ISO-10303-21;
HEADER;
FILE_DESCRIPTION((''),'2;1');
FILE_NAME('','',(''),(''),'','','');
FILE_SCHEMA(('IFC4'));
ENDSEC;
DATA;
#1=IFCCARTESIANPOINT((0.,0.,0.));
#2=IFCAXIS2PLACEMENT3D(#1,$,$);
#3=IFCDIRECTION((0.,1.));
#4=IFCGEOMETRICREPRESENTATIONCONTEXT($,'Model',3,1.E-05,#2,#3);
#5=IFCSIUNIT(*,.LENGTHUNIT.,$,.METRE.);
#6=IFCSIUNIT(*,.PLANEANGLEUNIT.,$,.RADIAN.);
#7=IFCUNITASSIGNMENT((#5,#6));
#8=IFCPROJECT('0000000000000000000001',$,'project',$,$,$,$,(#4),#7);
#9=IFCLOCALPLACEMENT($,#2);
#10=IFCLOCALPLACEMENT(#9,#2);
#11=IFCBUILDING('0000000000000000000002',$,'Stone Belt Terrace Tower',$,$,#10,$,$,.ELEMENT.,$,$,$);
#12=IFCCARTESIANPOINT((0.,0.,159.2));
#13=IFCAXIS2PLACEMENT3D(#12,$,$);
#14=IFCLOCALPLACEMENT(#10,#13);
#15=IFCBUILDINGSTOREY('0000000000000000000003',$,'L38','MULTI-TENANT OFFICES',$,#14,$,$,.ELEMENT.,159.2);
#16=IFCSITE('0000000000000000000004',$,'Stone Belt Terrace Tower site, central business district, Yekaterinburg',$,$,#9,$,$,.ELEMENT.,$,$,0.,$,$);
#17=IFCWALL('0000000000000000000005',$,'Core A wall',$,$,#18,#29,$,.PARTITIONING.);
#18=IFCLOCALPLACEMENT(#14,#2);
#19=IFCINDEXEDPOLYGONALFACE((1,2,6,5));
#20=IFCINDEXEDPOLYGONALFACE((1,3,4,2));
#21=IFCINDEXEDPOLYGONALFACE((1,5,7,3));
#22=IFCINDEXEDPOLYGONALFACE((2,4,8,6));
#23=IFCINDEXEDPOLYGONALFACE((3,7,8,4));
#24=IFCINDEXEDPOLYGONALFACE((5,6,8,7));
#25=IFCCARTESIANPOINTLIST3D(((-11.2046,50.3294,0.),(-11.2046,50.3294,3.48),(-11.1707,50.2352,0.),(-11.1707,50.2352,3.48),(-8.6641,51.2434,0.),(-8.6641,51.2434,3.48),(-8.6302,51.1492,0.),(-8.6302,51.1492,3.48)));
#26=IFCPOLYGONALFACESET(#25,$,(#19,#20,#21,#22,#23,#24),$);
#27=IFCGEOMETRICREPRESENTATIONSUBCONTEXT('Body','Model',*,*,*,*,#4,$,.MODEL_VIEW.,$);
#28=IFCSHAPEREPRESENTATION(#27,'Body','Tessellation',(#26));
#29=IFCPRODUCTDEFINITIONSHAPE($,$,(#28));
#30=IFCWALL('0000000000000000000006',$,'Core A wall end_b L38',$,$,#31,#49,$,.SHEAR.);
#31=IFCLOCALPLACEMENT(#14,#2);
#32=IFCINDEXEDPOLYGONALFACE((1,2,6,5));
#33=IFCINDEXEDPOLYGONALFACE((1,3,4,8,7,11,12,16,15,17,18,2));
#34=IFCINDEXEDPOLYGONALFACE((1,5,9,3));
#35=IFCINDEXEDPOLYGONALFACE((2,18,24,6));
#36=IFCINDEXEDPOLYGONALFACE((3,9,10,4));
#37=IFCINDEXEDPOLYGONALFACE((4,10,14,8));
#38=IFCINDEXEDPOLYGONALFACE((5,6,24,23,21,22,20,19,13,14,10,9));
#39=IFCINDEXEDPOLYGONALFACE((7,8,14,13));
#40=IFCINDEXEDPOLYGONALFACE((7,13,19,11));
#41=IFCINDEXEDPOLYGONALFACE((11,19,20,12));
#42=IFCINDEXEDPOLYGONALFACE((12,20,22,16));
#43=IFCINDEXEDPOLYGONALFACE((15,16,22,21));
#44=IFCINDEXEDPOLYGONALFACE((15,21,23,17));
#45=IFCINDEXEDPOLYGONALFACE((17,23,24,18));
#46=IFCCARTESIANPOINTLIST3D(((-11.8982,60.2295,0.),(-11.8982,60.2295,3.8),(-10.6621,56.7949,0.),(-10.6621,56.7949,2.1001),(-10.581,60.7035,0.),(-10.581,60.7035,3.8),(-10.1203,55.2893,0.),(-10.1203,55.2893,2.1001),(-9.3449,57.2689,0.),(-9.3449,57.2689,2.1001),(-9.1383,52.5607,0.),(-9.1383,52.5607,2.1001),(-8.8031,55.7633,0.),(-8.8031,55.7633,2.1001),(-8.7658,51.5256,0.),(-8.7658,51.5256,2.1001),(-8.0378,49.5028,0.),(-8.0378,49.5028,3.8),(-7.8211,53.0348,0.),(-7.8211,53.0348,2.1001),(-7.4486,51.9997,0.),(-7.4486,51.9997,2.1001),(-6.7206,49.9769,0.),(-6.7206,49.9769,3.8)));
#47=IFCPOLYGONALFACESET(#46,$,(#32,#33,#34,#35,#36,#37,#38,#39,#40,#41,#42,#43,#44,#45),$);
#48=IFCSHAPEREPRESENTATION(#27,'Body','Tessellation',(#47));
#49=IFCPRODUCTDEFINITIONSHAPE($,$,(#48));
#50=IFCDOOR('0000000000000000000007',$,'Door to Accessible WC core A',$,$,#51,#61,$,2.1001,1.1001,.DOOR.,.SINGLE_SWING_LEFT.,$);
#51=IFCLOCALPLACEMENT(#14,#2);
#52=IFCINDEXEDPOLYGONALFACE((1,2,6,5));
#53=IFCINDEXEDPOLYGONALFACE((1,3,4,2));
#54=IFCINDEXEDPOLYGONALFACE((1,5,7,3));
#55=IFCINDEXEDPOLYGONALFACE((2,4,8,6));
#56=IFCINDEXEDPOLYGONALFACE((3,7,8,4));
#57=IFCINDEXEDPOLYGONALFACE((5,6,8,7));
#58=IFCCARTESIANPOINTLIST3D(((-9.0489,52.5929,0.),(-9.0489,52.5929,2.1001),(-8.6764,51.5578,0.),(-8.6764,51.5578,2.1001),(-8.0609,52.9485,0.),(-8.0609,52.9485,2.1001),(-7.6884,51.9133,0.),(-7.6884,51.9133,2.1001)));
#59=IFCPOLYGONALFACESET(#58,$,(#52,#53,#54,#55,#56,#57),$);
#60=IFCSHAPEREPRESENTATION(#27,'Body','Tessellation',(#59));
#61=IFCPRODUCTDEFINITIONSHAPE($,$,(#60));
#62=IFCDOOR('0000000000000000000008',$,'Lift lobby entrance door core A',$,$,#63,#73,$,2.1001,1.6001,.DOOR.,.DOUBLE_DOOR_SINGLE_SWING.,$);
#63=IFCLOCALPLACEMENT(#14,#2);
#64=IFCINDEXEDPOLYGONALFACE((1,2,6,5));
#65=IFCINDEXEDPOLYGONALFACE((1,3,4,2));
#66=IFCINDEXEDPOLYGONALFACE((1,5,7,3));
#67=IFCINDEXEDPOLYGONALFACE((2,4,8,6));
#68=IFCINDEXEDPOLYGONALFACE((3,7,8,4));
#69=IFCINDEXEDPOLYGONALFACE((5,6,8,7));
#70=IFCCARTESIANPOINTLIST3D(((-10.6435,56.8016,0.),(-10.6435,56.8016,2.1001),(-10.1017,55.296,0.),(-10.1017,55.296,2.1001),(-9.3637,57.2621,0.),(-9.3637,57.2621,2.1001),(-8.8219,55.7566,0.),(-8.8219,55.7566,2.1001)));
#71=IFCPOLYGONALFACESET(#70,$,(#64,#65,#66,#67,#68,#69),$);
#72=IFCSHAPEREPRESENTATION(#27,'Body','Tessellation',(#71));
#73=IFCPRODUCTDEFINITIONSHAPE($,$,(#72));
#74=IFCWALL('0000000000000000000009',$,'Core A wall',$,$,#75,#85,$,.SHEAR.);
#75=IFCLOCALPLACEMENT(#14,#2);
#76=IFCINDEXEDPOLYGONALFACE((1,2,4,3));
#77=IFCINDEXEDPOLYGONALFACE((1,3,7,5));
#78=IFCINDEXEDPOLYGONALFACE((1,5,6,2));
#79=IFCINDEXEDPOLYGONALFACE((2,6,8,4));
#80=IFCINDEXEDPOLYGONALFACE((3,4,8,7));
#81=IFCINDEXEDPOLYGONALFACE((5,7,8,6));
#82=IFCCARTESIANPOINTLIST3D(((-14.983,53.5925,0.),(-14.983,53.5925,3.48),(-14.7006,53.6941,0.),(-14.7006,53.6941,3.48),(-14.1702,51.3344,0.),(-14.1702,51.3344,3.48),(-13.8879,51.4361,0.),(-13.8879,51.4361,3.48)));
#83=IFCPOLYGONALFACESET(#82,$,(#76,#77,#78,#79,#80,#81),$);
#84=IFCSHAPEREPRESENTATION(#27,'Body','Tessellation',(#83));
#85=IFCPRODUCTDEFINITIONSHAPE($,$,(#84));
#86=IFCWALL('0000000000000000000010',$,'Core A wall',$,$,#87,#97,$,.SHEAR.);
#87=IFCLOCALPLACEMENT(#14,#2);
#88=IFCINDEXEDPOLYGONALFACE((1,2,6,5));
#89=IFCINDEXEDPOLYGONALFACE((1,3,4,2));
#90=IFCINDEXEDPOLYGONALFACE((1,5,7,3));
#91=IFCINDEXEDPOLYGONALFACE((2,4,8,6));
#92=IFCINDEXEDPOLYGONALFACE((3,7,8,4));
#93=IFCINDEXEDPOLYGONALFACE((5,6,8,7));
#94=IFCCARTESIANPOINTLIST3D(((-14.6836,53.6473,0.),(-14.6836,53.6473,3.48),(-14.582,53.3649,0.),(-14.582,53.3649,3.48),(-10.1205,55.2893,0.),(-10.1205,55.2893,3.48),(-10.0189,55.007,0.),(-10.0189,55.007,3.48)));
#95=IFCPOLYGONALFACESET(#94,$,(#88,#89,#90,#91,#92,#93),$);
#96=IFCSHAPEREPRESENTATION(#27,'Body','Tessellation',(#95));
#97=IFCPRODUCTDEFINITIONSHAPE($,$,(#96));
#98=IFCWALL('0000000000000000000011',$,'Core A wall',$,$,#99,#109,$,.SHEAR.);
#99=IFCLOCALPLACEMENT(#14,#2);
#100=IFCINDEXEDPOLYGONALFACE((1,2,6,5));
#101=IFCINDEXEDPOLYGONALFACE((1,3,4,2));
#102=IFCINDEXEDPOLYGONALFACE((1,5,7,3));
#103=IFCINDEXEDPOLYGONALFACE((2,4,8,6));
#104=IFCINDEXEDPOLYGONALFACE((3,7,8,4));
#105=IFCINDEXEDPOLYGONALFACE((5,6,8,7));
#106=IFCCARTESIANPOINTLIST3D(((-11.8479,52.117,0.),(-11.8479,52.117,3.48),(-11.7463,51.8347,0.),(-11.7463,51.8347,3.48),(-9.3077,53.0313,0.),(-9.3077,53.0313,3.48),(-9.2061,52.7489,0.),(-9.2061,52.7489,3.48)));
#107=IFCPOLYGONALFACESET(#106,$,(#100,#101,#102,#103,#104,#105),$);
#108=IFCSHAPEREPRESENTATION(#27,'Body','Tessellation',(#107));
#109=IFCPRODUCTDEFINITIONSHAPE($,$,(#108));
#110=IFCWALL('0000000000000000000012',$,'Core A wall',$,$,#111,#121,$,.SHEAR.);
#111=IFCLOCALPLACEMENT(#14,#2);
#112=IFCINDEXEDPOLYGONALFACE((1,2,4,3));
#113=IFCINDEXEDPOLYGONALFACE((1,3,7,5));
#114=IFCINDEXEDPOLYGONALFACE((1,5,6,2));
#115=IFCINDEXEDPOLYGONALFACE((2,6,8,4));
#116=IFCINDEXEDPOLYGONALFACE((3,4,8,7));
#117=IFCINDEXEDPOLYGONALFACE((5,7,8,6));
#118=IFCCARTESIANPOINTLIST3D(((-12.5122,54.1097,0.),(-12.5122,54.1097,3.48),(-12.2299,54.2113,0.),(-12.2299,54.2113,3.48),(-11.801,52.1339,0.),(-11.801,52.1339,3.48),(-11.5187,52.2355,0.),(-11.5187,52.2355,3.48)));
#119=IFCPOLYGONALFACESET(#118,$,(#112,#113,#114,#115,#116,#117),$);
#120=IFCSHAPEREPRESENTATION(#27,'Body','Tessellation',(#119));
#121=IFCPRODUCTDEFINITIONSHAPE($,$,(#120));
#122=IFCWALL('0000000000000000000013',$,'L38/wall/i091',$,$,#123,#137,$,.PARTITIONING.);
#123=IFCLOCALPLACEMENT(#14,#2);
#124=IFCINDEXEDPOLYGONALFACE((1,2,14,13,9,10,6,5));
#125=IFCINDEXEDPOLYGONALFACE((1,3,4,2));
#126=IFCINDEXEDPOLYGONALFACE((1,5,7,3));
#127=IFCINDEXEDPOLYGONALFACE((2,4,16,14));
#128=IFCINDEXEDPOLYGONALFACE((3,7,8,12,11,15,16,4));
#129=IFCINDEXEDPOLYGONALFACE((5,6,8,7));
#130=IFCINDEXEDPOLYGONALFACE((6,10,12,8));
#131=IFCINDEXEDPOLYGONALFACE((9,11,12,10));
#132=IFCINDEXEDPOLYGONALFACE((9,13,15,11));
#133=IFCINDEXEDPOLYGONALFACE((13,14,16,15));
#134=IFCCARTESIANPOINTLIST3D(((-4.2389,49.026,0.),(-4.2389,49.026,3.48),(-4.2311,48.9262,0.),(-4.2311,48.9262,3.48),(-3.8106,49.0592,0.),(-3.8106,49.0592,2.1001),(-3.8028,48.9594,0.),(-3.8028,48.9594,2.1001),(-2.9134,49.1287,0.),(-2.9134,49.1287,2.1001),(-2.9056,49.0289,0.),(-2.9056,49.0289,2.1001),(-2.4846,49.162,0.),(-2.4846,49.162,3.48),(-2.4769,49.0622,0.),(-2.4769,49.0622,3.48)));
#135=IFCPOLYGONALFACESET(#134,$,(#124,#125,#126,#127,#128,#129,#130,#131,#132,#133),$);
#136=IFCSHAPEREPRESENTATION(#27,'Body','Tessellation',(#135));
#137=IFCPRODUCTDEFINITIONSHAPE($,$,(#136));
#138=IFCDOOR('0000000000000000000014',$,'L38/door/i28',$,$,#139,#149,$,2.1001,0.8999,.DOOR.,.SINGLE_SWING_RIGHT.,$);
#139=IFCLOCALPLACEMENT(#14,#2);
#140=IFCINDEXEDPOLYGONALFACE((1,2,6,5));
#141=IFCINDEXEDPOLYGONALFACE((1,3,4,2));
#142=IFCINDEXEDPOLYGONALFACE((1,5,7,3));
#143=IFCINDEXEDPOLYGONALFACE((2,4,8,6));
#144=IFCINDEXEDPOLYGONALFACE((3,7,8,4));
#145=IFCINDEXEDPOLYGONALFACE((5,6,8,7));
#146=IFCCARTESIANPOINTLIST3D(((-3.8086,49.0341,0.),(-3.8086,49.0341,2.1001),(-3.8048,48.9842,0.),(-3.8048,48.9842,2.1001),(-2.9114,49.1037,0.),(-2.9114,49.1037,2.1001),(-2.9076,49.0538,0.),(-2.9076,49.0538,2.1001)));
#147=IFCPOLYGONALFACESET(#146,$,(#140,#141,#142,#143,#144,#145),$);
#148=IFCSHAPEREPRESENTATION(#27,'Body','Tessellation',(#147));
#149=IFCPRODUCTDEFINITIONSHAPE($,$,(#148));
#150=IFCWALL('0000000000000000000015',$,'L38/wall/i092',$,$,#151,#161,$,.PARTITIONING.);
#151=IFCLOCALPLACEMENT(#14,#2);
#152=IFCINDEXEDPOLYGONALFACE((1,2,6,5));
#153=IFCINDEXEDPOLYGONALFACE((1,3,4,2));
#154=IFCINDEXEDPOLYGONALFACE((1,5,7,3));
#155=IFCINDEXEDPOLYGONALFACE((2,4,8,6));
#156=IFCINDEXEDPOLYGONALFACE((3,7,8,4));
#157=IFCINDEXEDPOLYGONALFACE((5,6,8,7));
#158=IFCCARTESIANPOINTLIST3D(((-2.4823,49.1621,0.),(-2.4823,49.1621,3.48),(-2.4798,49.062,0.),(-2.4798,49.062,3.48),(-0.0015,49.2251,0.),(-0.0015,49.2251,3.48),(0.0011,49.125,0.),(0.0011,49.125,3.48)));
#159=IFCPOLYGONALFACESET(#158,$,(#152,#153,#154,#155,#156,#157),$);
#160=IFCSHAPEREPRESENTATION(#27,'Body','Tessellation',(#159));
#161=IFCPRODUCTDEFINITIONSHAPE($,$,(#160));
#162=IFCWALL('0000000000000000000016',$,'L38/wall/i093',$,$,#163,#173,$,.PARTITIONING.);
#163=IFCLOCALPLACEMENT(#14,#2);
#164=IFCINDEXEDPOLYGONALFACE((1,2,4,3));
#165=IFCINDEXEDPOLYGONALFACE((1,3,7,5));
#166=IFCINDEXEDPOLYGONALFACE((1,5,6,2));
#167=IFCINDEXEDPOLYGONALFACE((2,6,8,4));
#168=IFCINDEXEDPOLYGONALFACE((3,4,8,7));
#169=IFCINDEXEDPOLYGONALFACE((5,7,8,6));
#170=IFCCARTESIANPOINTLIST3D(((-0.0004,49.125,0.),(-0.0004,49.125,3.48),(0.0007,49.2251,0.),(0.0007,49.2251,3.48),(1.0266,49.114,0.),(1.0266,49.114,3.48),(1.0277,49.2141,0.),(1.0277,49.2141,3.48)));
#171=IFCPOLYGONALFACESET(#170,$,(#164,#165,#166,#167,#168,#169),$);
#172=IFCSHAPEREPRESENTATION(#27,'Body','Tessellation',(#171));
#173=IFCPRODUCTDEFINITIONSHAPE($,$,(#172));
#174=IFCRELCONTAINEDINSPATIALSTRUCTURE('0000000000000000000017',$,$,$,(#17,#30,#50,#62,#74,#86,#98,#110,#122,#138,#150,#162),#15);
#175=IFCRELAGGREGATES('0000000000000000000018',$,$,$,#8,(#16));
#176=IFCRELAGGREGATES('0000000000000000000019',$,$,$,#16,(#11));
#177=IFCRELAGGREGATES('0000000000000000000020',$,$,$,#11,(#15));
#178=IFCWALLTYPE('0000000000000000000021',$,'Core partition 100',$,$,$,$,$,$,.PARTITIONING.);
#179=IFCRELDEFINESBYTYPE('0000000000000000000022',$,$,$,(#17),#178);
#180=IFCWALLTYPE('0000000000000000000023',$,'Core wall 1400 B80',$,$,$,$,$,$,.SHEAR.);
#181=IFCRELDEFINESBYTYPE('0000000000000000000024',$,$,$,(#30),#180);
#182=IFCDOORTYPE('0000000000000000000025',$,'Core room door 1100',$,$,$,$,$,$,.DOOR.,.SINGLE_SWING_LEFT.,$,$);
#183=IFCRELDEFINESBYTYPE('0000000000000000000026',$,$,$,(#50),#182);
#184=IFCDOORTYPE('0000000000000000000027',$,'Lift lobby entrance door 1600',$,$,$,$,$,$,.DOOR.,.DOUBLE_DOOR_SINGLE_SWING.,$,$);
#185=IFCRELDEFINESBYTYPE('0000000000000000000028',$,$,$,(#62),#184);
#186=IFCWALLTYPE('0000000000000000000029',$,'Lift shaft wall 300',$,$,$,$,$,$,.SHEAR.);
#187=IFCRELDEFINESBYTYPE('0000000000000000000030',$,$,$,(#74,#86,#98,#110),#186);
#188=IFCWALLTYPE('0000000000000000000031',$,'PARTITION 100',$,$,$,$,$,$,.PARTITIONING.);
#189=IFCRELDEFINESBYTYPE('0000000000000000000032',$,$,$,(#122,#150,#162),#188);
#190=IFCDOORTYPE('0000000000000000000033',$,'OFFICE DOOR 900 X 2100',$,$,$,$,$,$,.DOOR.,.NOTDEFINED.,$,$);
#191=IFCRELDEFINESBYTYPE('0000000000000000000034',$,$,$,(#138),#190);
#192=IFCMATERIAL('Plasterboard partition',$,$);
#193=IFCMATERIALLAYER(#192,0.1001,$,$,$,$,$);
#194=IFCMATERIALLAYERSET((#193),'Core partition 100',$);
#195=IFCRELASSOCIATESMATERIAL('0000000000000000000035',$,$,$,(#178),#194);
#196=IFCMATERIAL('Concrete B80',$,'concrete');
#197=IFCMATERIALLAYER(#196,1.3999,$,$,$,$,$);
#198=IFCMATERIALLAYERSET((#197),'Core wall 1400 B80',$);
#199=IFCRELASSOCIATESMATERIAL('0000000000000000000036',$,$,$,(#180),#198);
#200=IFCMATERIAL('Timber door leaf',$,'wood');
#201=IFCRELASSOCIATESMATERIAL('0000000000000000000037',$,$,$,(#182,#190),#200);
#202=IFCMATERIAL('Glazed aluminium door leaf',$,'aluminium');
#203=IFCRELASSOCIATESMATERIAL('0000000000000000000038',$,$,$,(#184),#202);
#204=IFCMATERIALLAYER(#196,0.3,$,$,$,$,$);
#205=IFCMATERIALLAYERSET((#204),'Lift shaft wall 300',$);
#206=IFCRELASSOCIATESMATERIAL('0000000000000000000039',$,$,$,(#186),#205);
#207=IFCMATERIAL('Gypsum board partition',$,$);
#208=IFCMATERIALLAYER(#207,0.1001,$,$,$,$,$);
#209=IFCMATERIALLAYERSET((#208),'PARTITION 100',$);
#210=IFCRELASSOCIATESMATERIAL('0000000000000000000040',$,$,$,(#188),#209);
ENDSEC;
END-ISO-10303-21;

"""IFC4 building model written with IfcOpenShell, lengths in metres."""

from ifc_helpers import new_model, si_unit, direction, frame, frame_2d, origin, place, context, subcontext, project, spatial, rectangle, extrude, material, layer, layer_set, type_object, element, fill, save


model = new_model("IFC4")

# Units and contexts
model_context = context("Model", 3, precision=1e-05, world=origin(), true_north=direction((0.0, 1.0)))
body_context = subcontext(model_context, "Body", "Model", "MODEL_VIEW")
ifc_project = project(units=[si_unit("LENGTHUNIT", "METRE"), si_unit("PLANEANGLEUNIT", "RADIAN")], contexts=[model_context])

# Site, building, storey
site_placement = place(None, origin())
site = spatial("IfcSite", under=ifc_project, at=site_placement, Name="Stone Belt Terrace Tower site, central business district, Yekaterinburg", CompositionType="ELEMENT", RefElevation=0.0)
building_placement = place(site_placement, origin())
building = spatial("IfcBuilding", under=site, at=building_placement, Name="Stone Belt Terrace Tower", CompositionType="ELEMENT")
storey_placement = place(building_placement, frame((0.0, 0.0, 159.2)))
storey = spatial("IfcBuildingStorey", under=building, at=storey_placement, Name="L38", Description="MULTI-TENANT OFFICES", CompositionType="ELEMENT", Elevation=159.2)

# Wall
ifc_material_1 = material(Name="Plasterboard partition")
ifc_layer_1 = layer(ifc_material_1, 0.1001)
ifc_layer_set_1 = layer_set([ifc_layer_1], Name="Core partition 100")
wall_type_1 = type_object("IfcWallType", Name="Core partition 100", PredefinedType="PARTITIONING", material=ifc_layer_set_1)
wall_1_placement = place(storey_placement, frame((-11.1877, 50.2822, 0.0), z_axis=(0.0, 0.0, 1.0), x_axis=(0.94095, 0.338547, 0.0)))
element("IfcWall", 1, at=wall_1_placement, inside=storey, type_object=wall_type_1, Name="Core A wall", PredefinedType="PARTITIONING", context=body_context, shape_type="SweptSolid", body=[
    extrude(rectangle(XDim=2.7, YDim=0.1001, at=frame_2d((1.3501, 0.0))), origin(), (0.0, 0.0, 1.0), 3.48),
])

# Wall, openings, doors
ifc_material_2 = material(Name="Concrete B80", Category="concrete")
ifc_layer_2 = layer(ifc_material_2, 1.3999)
ifc_layer_set_2 = layer_set([ifc_layer_2], Name="Core wall 1400 B80")
wall_type_2 = type_object("IfcWallType", Name="Core wall 1400 B80", PredefinedType="SHEAR", material=ifc_layer_set_2)
wall_2_placement = place(storey_placement, frame((-7.3792, 49.7397, 0.0), z_axis=(0.0, 0.0, 1.0), x_axis=(-0.338625, 0.940921, 0.0)))
wall_2 = element("IfcWall", 2, at=wall_2_placement, inside=storey, type_object=wall_type_2, Name="Core A wall end_b L38", PredefinedType="SHEAR", context=body_context, shape_type="SweptSolid", body=[
    extrude(rectangle(XDim=11.4001, YDim=1.3999, at=frame_2d((5.7002, 0.0))), origin(), (0.0, 0.0, 1.0), 3.8),
])
opening_1_placement = place(wall_2_placement, frame((6.1499, 0.0, 0.0)))
opening_1 = element("IfcOpeningElement", 3, at=opening_1_placement, cuts=wall_2, PredefinedType="OPENING", context=body_context, shape_type="SweptSolid", body=[
    extrude(rectangle(XDim=1.6001, YDim=2.1001, at=frame_2d((0.8, 1.05))), frame((0.0, 0.71, 0.0), z_axis=(0.0, -1.0, 0.0), x_axis=(1.0, 0.0, 0.0)), (0.0, 0.0, 1.0), 1.4199),
])
opening_2_placement = place(wall_2_placement, frame((2.1499, 0.0, 0.0)))
opening_2 = element("IfcOpeningElement", 4, at=opening_2_placement, cuts=wall_2, PredefinedType="OPENING", context=body_context, shape_type="SweptSolid", body=[
    extrude(rectangle(XDim=1.1001, YDim=2.1001, at=frame_2d((0.55, 1.05))), frame((0.0, 0.71, 0.0), z_axis=(0.0, -1.0, 0.0), x_axis=(1.0, 0.0, 0.0)), (0.0, 0.0, 1.0), 1.4199),
])
ifc_material_3 = material(Name="Timber door leaf", Category="wood")
door_type_1 = type_object("IfcDoorType", Name="Core room door 1100", OperationType="SINGLE_SWING_LEFT", PredefinedType="DOOR", material=ifc_material_3)
door_1_placement = place(opening_2_placement, origin())
door_1 = element("IfcDoor", 5, at=door_1_placement, inside=storey, type_object=door_type_1, Name="Door to Accessible WC core A", OperationType="SINGLE_SWING_LEFT", OverallHeight=2.1001, OverallWidth=1.1001, PredefinedType="DOOR", context=body_context, shape_type="SweptSolid", body=[
    extrude(rectangle(XDim=1.1001, YDim=2.1001, at=frame_2d((0.55, 1.05))), frame((0.0, 0.605, 0.0), z_axis=(0.0, -1.0, 0.0), x_axis=(1.0, 0.0, 0.0)), (0.0, 0.0, 1.0), 1.05),
])
fill(opening_2, door_1)
ifc_material_4 = material(Name="Glazed aluminium door leaf", Category="aluminium")
door_type_2 = type_object("IfcDoorType", Name="Lift lobby entrance door 1600", OperationType="DOUBLE_DOOR_SINGLE_SWING", PredefinedType="DOOR", material=ifc_material_4)
door_2_placement = place(opening_1_placement, origin())
door_2 = element("IfcDoor", 6, at=door_2_placement, inside=storey, type_object=door_type_2, Name="Lift lobby entrance door core A", OperationType="DOUBLE_DOOR_SINGLE_SWING", OverallHeight=2.1001, OverallWidth=1.6001, PredefinedType="DOOR", context=body_context, shape_type="SweptSolid", body=[
    extrude(rectangle(XDim=1.6001, YDim=2.1001, at=frame_2d((0.8, 1.05))), frame((0.0, 0.6802, 0.0), z_axis=(0.0, -1.0, 0.0), x_axis=(1.0, 0.0, 0.0)), (0.0, 0.0, 1.0), 1.3601),
])
fill(opening_1, door_2)

# Walls
ifc_layer_3 = layer(ifc_material_2, 0.3)
ifc_layer_set_3 = layer_set([ifc_layer_3], Name="Lift shaft wall 300")
wall_type_3 = type_object("IfcWallType", Name="Lift shaft wall 300", PredefinedType="SHEAR", material=ifc_layer_set_3)
wall_3_placement = place(storey_placement, frame((-14.0291, 51.3853, 0.0), z_axis=(0.0, 0.0, 1.0), x_axis=(-0.338662, 0.940908, 0.0)))
element("IfcWall", 7, at=wall_3_placement, inside=storey, type_object=wall_type_3, Name="Core A wall", PredefinedType="SHEAR", context=body_context, shape_type="SweptSolid", body=[
    extrude(rectangle(XDim=2.3999, YDim=0.3, at=frame_2d((1.2, 0.0))), origin(), (0.0, 0.0, 1.0), 3.48),
])
wall_4_placement = place(storey_placement, frame((-14.6328, 53.5061, 0.0), z_axis=(0.0, 0.0, 1.0), x_axis=(0.940932, 0.338596, 0.0)))
element("IfcWall", 8, at=wall_4_placement, inside=storey, type_object=wall_type_3, Name="Core A wall", PredefinedType="SHEAR", context=body_context, shape_type="SweptSolid", body=[
    extrude(rectangle(XDim=4.8496, YDim=0.3, at=frame_2d((2.4248, 0.0))), origin(), (0.0, 0.0, 1.0), 3.48),
])
wall_5_placement = place(storey_placement, frame((-11.7971, 51.9758, 0.0), z_axis=(0.0, 0.0, 1.0), x_axis=(0.94091, 0.338655, 0.0)))
element("IfcWall", 9, at=wall_5_placement, inside=storey, type_object=wall_type_3, Name="Core A wall", PredefinedType="SHEAR", context=body_context, shape_type="SweptSolid", body=[
    extrude(rectangle(XDim=2.6997, YDim=0.3, at=frame_2d((1.3499, 0.0))), origin(), (0.0, 0.0, 1.0), 3.48),
])
wall_6_placement = place(storey_placement, frame((-11.6599, 52.1848, 0.0), z_axis=(0.0, 0.0, 1.0), x_axis=(-0.33867, 0.940905, 0.0)))
element("IfcWall", 10, at=wall_6_placement, inside=storey, type_object=wall_type_3, Name="Core A wall", PredefinedType="SHEAR", context=body_context, shape_type="SweptSolid", body=[
    extrude(rectangle(XDim=2.0999, YDim=0.3, at=frame_2d((1.0498, 0.0))), origin(), (0.0, 0.0, 1.0), 3.48),
])

# Wall, opening, door
ifc_material_5 = material(Name="Gypsum board partition")
ifc_layer_4 = layer(ifc_material_5, 0.1001)
ifc_layer_set_4 = layer_set([ifc_layer_4], Name="PARTITION 100")
wall_type_4 = type_object("IfcWallType", Name="PARTITION 100", PredefinedType="PARTITIONING", material=ifc_layer_set_4)
wall_7_placement = place(storey_placement, frame((-4.2351, 48.9761, 0.0), z_axis=(0.0, 0.0, 1.0), x_axis=(0.997009, 0.077291, 0.0)))
wall_7 = element("IfcWall", 11, at=wall_7_placement, inside=storey, type_object=wall_type_4, Name="L38/wall/i091", PredefinedType="PARTITIONING", context=body_context, shape_type="SweptSolid", body=[
    extrude(rectangle(XDim=1.7595, YDim=0.1001, at=frame_2d((0.8799, 0.0))), origin(), (0.0, 0.0, 1.0), 3.48),
])
opening_3_placement = place(wall_7_placement, frame((0.4297, 0.0, 0.0)))
opening_3 = element("IfcOpeningElement", 12, at=opening_3_placement, cuts=wall_7, PredefinedType="OPENING", context=body_context, shape_type="SweptSolid", body=[
    extrude(rectangle(XDim=0.8999, YDim=2.1001, at=frame_2d((0.45, 1.05))), frame((0.0, 0.0601, 0.0), z_axis=(0.0, -1.0, 0.0), x_axis=(1.0, 0.0, 0.0)), (0.0, 0.0, 1.0), 0.1201),
])
door_type_3 = type_object("IfcDoorType", Name="OFFICE DOOR 900 X 2100", OperationType="NOTDEFINED", PredefinedType="DOOR", material=ifc_material_3)
door_3_placement = place(opening_3_placement, origin())
door_3 = element("IfcDoor", 13, at=door_3_placement, inside=storey, type_object=door_type_3, Name="L38/door/i28", OperationType="SINGLE_SWING_RIGHT", OverallHeight=2.1001, OverallWidth=0.8999, PredefinedType="DOOR", context=body_context, shape_type="SweptSolid", body=[
    extrude(rectangle(XDim=0.8999, YDim=2.1001, at=frame_2d((0.45, 1.05))), frame((0.0, 0.0249, 0.0), z_axis=(0.0, -1.0, 0.0), x_axis=(1.0, 0.0, 0.0)), (0.0, 0.0, 1.0), 0.05),
])
fill(opening_3, door_3)

# Walls
wall_8_placement = place(storey_placement, frame((-2.481, 49.1121, 0.0), z_axis=(0.0, 0.0, 1.0), x_axis=(0.999678, 0.025381, 0.0)))
element("IfcWall", 14, at=wall_8_placement, inside=storey, type_object=wall_type_4, Name="L38/wall/i092", PredefinedType="PARTITIONING", context=body_context, shape_type="SweptSolid", body=[
    extrude(rectangle(XDim=2.4817, YDim=0.1001, at=frame_2d((1.2407, 0.0))), origin(), (0.0, 0.0, 1.0), 3.48),
])
wall_9_placement = place(storey_placement, frame((0.0, 49.175, 0.0), z_axis=(0.0, 0.0, 1.0), x_axis=(0.999943, -0.010696, 0.0)))
element("IfcWall", 15, at=wall_9_placement, inside=storey, type_object=wall_type_4, Name="L38/wall/i093", PredefinedType="PARTITIONING", context=body_context, shape_type="SweptSolid", body=[
    extrude(rectangle(XDim=1.0271, YDim=0.1001, at=frame_2d((0.5137, 0.0))), origin(), (0.0, 0.0, 1.0), 3.48),
])

save(model, "model.ifc")
